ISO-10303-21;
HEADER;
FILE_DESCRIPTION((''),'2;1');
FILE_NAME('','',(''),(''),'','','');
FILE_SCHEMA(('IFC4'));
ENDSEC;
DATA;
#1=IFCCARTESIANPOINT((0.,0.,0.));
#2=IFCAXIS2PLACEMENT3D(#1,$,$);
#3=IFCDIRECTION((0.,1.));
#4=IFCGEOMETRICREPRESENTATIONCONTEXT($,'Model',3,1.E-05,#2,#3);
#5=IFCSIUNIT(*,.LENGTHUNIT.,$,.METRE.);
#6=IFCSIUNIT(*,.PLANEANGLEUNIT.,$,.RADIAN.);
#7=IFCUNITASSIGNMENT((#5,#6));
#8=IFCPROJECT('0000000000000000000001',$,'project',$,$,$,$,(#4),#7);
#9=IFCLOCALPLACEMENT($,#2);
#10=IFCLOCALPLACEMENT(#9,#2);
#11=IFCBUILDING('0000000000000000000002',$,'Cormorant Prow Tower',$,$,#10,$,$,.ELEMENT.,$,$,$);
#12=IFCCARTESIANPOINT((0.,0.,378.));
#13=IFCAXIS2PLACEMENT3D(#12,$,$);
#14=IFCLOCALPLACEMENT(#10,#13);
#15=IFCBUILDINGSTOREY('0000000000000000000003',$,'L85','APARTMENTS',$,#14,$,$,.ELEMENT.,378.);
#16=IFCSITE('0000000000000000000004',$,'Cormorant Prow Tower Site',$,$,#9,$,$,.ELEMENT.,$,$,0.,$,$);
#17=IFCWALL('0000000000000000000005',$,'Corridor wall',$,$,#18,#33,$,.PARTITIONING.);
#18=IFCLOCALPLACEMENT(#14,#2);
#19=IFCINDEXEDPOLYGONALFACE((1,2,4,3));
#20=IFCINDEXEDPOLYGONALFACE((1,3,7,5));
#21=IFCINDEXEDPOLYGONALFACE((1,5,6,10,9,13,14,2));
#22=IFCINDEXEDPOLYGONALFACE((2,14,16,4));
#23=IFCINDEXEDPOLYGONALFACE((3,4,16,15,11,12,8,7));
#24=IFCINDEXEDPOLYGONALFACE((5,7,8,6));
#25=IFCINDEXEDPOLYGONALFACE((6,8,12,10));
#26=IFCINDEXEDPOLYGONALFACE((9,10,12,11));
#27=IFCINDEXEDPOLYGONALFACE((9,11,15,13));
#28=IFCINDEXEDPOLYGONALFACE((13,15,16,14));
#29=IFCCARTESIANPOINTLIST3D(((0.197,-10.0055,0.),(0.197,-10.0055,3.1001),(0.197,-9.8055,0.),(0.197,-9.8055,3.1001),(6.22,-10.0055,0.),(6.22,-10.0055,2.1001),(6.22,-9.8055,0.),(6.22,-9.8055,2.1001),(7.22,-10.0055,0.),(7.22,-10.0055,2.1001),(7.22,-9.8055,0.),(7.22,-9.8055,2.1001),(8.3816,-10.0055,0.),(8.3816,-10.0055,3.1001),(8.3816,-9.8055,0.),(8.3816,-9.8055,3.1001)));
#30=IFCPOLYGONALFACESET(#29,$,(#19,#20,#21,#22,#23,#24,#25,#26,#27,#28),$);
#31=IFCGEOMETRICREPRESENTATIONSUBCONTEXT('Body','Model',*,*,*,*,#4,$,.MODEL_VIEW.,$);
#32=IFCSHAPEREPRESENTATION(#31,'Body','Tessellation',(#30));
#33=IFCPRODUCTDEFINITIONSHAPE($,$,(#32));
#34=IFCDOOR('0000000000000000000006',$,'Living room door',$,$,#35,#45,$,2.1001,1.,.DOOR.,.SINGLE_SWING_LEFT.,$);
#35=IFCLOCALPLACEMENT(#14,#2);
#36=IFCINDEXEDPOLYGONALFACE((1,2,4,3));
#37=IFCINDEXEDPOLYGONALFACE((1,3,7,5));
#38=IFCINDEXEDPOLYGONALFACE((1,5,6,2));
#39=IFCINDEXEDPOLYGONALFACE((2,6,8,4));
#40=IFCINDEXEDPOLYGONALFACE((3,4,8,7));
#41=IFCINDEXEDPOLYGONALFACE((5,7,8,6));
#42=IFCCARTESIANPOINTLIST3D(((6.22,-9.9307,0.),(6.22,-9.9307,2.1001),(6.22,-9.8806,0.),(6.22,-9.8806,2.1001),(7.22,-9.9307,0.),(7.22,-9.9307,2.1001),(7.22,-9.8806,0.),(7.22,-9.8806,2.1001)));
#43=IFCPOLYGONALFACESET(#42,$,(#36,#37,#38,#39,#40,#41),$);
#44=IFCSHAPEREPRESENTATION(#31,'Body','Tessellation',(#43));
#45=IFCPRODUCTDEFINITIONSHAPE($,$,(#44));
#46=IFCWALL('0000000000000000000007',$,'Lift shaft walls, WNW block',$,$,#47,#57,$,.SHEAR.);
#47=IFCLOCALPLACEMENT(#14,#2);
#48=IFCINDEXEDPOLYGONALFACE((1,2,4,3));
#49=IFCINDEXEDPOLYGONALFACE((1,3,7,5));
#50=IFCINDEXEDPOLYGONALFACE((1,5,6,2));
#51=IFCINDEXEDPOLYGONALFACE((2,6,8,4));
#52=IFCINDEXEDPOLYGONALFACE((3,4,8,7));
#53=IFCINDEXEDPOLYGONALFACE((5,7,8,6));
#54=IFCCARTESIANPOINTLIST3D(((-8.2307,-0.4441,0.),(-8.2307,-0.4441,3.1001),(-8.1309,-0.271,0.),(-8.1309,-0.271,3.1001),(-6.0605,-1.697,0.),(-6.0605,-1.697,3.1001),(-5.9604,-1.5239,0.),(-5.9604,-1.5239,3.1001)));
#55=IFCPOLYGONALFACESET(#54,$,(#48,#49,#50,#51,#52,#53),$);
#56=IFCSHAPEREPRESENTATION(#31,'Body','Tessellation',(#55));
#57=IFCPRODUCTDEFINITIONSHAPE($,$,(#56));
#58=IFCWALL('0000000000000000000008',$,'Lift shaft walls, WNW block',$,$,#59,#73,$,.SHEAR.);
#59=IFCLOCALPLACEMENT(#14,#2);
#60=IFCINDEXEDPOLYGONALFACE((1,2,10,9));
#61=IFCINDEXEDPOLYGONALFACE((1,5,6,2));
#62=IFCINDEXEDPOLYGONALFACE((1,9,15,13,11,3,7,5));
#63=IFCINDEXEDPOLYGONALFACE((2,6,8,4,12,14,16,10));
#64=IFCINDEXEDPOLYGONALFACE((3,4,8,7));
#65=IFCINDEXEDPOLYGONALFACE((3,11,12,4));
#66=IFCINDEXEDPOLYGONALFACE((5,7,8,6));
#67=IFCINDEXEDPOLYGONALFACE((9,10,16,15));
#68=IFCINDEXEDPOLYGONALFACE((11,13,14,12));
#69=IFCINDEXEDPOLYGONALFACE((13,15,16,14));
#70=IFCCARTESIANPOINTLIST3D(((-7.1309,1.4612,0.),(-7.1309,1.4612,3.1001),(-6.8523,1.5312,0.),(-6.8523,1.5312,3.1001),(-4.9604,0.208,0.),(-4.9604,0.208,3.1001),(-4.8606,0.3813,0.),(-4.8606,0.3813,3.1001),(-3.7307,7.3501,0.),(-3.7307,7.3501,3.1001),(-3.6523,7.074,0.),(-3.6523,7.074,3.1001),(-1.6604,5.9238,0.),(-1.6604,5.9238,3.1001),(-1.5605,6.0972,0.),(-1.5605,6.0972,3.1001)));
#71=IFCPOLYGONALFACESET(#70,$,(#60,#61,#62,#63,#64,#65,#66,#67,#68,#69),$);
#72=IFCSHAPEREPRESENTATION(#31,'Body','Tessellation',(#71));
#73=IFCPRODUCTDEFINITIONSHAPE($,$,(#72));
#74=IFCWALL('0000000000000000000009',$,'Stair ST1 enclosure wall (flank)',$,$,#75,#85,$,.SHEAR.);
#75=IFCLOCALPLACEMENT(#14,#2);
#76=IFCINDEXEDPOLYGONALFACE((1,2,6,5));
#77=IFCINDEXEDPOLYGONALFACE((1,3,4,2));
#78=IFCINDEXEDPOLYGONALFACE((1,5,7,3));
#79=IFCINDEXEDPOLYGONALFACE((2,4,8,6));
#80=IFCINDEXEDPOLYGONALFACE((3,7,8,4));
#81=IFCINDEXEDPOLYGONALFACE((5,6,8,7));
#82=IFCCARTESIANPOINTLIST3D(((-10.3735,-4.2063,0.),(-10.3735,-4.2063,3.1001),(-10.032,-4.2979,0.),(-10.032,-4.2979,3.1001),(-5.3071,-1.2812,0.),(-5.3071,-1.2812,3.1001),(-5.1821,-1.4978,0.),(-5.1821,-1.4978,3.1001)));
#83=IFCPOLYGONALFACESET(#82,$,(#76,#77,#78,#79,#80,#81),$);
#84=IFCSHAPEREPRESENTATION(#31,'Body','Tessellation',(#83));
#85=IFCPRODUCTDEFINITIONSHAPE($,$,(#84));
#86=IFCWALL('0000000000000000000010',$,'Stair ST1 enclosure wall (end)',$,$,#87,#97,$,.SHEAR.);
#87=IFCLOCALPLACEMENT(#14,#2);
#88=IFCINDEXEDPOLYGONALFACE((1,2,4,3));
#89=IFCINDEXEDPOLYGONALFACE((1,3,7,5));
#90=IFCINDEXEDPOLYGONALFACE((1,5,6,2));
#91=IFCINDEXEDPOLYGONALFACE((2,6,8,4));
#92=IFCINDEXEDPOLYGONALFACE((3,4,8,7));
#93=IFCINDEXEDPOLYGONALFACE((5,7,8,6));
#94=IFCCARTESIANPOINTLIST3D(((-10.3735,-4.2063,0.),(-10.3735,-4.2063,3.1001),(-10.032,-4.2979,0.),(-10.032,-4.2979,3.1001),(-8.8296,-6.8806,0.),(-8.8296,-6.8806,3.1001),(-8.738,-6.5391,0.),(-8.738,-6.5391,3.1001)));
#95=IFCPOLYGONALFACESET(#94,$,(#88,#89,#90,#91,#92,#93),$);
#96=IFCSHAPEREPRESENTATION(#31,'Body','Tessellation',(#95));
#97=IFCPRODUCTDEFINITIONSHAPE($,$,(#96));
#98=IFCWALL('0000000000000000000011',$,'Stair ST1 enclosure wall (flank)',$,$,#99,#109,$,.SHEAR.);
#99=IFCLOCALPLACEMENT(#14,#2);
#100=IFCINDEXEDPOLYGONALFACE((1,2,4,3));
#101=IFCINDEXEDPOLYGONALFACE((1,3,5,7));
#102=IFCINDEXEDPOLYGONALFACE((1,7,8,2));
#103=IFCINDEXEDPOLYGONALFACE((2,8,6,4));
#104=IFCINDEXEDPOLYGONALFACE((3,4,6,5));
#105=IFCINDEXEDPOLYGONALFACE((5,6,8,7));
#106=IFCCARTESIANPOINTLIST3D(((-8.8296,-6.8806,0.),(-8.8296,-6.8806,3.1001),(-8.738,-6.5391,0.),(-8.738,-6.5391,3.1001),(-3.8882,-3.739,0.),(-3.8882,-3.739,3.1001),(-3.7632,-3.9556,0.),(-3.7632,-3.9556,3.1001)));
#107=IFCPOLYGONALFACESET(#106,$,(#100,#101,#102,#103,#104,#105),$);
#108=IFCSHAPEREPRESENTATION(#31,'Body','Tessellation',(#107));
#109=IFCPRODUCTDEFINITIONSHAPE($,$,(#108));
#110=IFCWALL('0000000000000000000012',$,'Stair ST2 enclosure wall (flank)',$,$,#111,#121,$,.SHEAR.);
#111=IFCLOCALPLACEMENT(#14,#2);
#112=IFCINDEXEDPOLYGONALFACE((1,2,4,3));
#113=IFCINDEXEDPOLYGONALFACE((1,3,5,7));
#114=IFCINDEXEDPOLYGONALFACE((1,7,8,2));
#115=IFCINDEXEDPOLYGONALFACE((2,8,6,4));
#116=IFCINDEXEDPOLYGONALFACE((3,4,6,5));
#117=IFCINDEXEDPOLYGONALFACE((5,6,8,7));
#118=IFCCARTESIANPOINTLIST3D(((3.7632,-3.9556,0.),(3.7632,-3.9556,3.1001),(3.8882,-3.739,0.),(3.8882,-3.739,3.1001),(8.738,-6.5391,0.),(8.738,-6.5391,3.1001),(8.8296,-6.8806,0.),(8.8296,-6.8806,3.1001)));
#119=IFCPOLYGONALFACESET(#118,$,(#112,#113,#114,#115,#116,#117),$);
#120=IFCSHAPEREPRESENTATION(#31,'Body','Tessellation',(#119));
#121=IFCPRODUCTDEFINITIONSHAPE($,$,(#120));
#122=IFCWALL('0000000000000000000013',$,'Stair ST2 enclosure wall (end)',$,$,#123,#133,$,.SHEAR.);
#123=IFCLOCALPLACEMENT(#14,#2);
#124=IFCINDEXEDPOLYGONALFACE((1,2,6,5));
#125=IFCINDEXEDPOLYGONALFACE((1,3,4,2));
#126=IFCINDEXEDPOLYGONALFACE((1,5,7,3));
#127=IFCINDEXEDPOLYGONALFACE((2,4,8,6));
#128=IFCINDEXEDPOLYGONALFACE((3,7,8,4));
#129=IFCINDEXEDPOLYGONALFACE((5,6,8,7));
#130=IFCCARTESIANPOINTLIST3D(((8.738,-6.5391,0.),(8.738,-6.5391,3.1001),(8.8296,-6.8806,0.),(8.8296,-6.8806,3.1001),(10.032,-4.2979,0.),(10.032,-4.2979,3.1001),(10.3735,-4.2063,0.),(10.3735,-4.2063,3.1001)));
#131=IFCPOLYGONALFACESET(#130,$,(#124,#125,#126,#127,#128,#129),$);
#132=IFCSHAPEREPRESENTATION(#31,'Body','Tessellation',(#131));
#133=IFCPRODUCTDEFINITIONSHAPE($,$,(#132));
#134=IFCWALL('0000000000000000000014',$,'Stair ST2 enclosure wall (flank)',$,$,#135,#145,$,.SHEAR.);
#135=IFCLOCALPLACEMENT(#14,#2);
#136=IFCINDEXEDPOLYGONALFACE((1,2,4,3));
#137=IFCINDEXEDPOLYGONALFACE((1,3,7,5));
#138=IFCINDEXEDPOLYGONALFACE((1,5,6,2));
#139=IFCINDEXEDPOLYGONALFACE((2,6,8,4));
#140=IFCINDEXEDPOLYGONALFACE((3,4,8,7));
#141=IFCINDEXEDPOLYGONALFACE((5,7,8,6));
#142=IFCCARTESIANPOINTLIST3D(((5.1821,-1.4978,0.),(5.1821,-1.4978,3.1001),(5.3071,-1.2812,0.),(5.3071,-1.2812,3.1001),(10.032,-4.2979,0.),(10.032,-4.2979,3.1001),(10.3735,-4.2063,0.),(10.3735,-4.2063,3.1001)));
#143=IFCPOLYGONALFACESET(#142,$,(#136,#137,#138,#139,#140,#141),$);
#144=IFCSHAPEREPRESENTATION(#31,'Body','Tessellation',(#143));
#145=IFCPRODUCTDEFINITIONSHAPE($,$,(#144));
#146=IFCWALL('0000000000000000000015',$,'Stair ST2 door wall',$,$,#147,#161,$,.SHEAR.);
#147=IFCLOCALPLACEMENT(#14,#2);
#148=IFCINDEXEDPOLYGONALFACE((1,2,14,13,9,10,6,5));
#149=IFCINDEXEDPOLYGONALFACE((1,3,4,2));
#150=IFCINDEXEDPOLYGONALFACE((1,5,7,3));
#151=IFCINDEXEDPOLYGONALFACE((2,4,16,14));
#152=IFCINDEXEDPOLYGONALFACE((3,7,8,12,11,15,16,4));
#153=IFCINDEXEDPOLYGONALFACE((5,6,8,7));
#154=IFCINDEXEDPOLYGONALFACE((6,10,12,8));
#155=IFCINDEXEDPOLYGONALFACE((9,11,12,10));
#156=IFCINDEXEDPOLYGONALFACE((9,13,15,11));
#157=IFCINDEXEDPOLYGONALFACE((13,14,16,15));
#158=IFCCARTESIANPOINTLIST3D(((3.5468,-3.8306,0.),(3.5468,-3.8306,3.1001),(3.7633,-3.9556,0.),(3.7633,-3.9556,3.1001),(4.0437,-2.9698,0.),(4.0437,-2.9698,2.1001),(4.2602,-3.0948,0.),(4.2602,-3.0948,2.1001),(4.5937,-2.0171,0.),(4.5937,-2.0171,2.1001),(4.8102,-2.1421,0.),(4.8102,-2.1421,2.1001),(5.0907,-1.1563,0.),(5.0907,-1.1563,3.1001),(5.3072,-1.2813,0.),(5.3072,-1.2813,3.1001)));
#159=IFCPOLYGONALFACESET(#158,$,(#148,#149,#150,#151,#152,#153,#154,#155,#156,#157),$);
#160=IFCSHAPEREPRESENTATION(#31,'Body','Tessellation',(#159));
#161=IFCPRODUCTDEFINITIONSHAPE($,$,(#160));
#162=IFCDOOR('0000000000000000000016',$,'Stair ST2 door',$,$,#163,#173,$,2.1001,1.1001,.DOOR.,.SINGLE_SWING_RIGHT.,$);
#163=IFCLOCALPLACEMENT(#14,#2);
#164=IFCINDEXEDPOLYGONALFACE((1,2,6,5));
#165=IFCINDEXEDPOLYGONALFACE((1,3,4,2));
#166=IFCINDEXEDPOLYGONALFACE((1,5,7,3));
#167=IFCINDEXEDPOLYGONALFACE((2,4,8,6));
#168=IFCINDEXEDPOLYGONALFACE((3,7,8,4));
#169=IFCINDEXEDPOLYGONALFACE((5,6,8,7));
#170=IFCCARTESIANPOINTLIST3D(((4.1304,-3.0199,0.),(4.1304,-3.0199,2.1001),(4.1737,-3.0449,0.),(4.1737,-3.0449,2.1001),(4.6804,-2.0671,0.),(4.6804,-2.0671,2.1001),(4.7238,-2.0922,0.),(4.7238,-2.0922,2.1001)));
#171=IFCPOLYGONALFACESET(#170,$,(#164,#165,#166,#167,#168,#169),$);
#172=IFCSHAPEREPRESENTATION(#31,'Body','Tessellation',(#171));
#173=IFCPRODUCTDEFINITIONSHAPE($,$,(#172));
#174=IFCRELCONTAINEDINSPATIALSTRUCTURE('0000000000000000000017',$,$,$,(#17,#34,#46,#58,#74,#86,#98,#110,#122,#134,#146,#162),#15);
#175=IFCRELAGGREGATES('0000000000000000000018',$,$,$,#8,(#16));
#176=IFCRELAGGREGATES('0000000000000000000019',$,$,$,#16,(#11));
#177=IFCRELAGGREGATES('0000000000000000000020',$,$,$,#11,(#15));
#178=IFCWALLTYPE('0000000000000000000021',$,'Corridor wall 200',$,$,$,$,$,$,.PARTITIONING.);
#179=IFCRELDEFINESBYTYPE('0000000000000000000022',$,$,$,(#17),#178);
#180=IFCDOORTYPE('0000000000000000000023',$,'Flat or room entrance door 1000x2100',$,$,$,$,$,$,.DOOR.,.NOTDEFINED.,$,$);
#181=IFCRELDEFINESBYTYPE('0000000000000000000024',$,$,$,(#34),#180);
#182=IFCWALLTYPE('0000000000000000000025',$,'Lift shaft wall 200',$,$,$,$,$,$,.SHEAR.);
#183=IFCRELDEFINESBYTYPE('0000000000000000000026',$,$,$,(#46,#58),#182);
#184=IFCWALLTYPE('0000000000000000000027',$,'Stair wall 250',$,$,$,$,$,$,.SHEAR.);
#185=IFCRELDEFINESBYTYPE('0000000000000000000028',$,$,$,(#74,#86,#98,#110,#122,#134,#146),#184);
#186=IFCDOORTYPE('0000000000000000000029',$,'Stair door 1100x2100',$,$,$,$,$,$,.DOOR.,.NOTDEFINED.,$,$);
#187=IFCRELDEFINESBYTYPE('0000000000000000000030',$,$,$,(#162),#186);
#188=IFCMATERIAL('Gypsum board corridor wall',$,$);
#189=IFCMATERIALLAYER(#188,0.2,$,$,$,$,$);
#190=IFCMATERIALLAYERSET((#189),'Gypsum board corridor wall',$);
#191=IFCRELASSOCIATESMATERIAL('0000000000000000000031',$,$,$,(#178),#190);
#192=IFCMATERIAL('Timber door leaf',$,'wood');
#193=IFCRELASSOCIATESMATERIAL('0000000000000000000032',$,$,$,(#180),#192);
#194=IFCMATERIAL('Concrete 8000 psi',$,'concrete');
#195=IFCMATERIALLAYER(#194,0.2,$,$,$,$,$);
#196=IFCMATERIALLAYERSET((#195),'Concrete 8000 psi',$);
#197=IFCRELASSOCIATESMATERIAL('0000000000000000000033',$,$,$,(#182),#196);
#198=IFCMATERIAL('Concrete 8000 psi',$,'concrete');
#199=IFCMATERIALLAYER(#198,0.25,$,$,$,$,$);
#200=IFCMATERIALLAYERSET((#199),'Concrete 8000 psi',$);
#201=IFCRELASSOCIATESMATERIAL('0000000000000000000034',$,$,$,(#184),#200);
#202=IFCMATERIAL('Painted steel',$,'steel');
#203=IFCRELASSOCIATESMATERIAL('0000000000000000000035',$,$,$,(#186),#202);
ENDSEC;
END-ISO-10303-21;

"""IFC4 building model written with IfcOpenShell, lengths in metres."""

from ifc_helpers import new_model, si_unit, direction, frame, frame_2d, origin, place, context, subcontext, project, spatial, polyline, rectangle, outline, extrude, material, layer, layer_set, type_object, element, fill, save


model = new_model("IFC4")

# Units and contexts
model_context = context("Model", 3, precision=1e-05, world=origin(), true_north=direction((0.0, 1.0)))
body_context = subcontext(model_context, "Body", "Model", "MODEL_VIEW")
ifc_project = project(units=[si_unit("LENGTHUNIT", "METRE"), si_unit("PLANEANGLEUNIT", "RADIAN")], contexts=[model_context])

# Site, building, storey
site_placement = place(None, origin())
site = spatial("IfcSite", under=ifc_project, at=site_placement, Name="Cormorant Prow Tower Site", CompositionType="ELEMENT", RefElevation=0.0)
building_placement = place(site_placement, origin())
building = spatial("IfcBuilding", under=site, at=building_placement, Name="Cormorant Prow Tower", CompositionType="ELEMENT")
storey_placement = place(building_placement, frame((0.0, 0.0, 378.0)))
storey = spatial("IfcBuildingStorey", under=building, at=storey_placement, Name="L85", Description="APARTMENTS", CompositionType="ELEMENT", Elevation=378.0)

# Wall, opening, door
ifc_material_1 = material(Name="Gypsum board corridor wall")
ifc_layer_1 = layer(ifc_material_1, 0.2)
ifc_layer_set_1 = layer_set([ifc_layer_1], Name="Gypsum board corridor wall")
wall_type_1 = type_object("IfcWallType", Name="Corridor wall 200", PredefinedType="PARTITIONING", material=ifc_layer_set_1)
wall_1_placement = place(storey_placement, frame((0.197, -9.9055, 0.0), z_axis=(0.0, 0.0, 1.0), x_axis=(1.0, 0.0, 0.0)))
wall_1 = element("IfcWall", 1, at=wall_1_placement, inside=storey, type_object=wall_type_1, Name="Corridor wall", PredefinedType="PARTITIONING", context=body_context, shape_type="SweptSolid", body=[
    extrude(rectangle(XDim=8.1846, YDim=0.2, at=frame_2d((4.0923, 0.0))), origin(), (0.0, 0.0, 1.0), 3.1001),
])
opening_1_placement = place(wall_1_placement, frame((6.0229, 0.0, 0.0)))
opening_1 = element("IfcOpeningElement", 2, at=opening_1_placement, cuts=wall_1, PredefinedType="OPENING", context=body_context, shape_type="SweptSolid", body=[
    extrude(rectangle(XDim=1.0, YDim=2.1001, at=frame_2d((0.5, 1.05))), frame((0.0, 0.1099, 0.0), z_axis=(0.0, -1.0, 0.0), x_axis=(1.0, 0.0, 0.0)), (0.0, 0.0, 1.0), 0.22),
])
ifc_material_2 = material(Name="Timber door leaf", Category="wood")
door_type_1 = type_object("IfcDoorType", Name="Flat or room entrance door 1000x2100", OperationType="NOTDEFINED", PredefinedType="DOOR", material=ifc_material_2)
door_1_placement = place(opening_1_placement, origin())
door_1 = element("IfcDoor", 3, at=door_1_placement, inside=storey, type_object=door_type_1, Name="Living room door", OperationType="SINGLE_SWING_LEFT", OverallHeight=2.1001, OverallWidth=1.0, PredefinedType="DOOR", context=body_context, shape_type="SweptSolid", body=[
    extrude(rectangle(XDim=1.0, YDim=2.1001, at=frame_2d((0.5, 1.05))), frame((0.0, 0.0249, 0.0), z_axis=(0.0, -1.0, 0.0), x_axis=(1.0, 0.0, 0.0)), (0.0, 0.0, 1.0), 0.05),
])
fill(opening_1, door_1)

# Walls
ifc_material_3 = material(Name="Concrete 8000 psi", Category="concrete")
ifc_layer_2 = layer(ifc_material_3, 0.2)
ifc_layer_set_2 = layer_set([ifc_layer_2], Name="Concrete 8000 psi")
wall_type_2 = type_object("IfcWallType", Name="Lift shaft wall 200", PredefinedType="SHEAR", material=ifc_layer_set_2)
wall_2_placement = place(storey_placement, origin())
element("IfcWall", 4, at=wall_2_placement, inside=storey, type_object=wall_type_2, Name="Lift shaft walls, WNW block", PredefinedType="SHEAR", context=body_context, shape_type="SweptSolid", body=[
    extrude(outline(polyline([(-6.0605, -1.697), (-8.2307, -0.4441), (-8.1309, -0.271), (-5.9604, -1.5239), (-6.0605, -1.697)])), origin(), (0.0, 0.0, 1.0), 3.1001),
])
wall_3_placement = place(storey_placement, origin())
element("IfcWall", 5, at=wall_3_placement, inside=storey, type_object=wall_type_2, Name="Lift shaft walls, WNW block", PredefinedType="SHEAR", context=body_context, shape_type="SweptSolid", body=[
    extrude(outline(polyline([(-4.9604, 0.208), (-7.1309, 1.4612), (-3.7307, 7.3501), (-1.5605, 6.0972), (-1.6604, 5.9238), (-3.6523, 7.074), (-6.8523, 1.5312), (-4.8606, 0.3813), (-4.9604, 0.208)])), origin(), (0.0, 0.0, 1.0), 3.1001),
])
ifc_material_4 = material(Name="Concrete 8000 psi", Category="concrete")
ifc_layer_3 = layer(ifc_material_4, 0.25)
ifc_layer_set_3 = layer_set([ifc_layer_3], Name="Concrete 8000 psi")
wall_type_3 = type_object("IfcWallType", Name="Stair wall 250", PredefinedType="SHEAR", material=ifc_layer_set_3)
wall_4_placement = place(storey_placement, origin())
element("IfcWall", 6, at=wall_4_placement, inside=storey, type_object=wall_type_3, Name="Stair ST1 enclosure wall (flank)", PredefinedType="SHEAR", context=body_context, shape_type="SweptSolid", body=[
    extrude(outline(polyline([(-5.3071, -1.2812), (-10.3735, -4.2063), (-10.032, -4.2979), (-5.1821, -1.4978), (-5.3071, -1.2812)])), origin(), (0.0, 0.0, 1.0), 3.1001),
])
wall_5_placement = place(storey_placement, origin())
element("IfcWall", 7, at=wall_5_placement, inside=storey, type_object=wall_type_3, Name="Stair ST1 enclosure wall (end)", PredefinedType="SHEAR", context=body_context, shape_type="SweptSolid", body=[
    extrude(outline(polyline([(-10.3735, -4.2063), (-8.8296, -6.8806), (-8.738, -6.5391), (-10.032, -4.2979), (-10.3735, -4.2063)])), origin(), (0.0, 0.0, 1.0), 3.1001),
])
wall_6_placement = place(storey_placement, origin())
element("IfcWall", 8, at=wall_6_placement, inside=storey, type_object=wall_type_3, Name="Stair ST1 enclosure wall (flank)", PredefinedType="SHEAR", context=body_context, shape_type="SweptSolid", body=[
    extrude(outline(polyline([(-8.738, -6.5391), (-8.8296, -6.8806), (-3.7632, -3.9556), (-3.8882, -3.739), (-8.738, -6.5391)])), origin(), (0.0, 0.0, 1.0), 3.1001),
])
wall_7_placement = place(storey_placement, origin())
element("IfcWall", 9, at=wall_7_placement, inside=storey, type_object=wall_type_3, Name="Stair ST2 enclosure wall (flank)", PredefinedType="SHEAR", context=body_context, shape_type="SweptSolid", body=[
    extrude(outline(polyline([(3.7632, -3.9556), (8.8296, -6.8806), (8.738, -6.5391), (3.8882, -3.739), (3.7632, -3.9556)])), origin(), (0.0, 0.0, 1.0), 3.1001),
])
wall_8_placement = place(storey_placement, origin())
element("IfcWall", 10, at=wall_8_placement, inside=storey, type_object=wall_type_3, Name="Stair ST2 enclosure wall (end)", PredefinedType="SHEAR", context=body_context, shape_type="SweptSolid", body=[
    extrude(outline(polyline([(8.8296, -6.8806), (10.3735, -4.2063), (10.032, -4.2979), (8.738, -6.5391), (8.8296, -6.8806)])), origin(), (0.0, 0.0, 1.0), 3.1001),
])
wall_9_placement = place(storey_placement, origin())
element("IfcWall", 11, at=wall_9_placement, inside=storey, type_object=wall_type_3, Name="Stair ST2 enclosure wall (flank)", PredefinedType="SHEAR", context=body_context, shape_type="SweptSolid", body=[
    extrude(outline(polyline([(10.032, -4.2979), (10.3735, -4.2063), (5.3071, -1.2812), (5.1821, -1.4978), (10.032, -4.2979)])), origin(), (0.0, 0.0, 1.0), 3.1001),
])

# Wall, opening, door
wall_10_placement = place(storey_placement, frame((3.655, -3.8931, 0.0), z_axis=(0.0, 0.0, 1.0), x_axis=(0.499983, 0.866035, 0.0)))
wall_10 = element("IfcWall", 12, at=wall_10_placement, inside=storey, type_object=wall_type_3, Name="Stair ST2 door wall", PredefinedType="SHEAR", context=body_context, shape_type="SweptSolid", body=[
    extrude(rectangle(XDim=3.0879, YDim=0.25, at=frame_2d((1.5439, 0.0))), origin(), (0.0, 0.0, 1.0), 3.1001),
])
opening_2_placement = place(wall_10_placement, frame((0.9939, 0.0, 0.0)))
opening_2 = element("IfcOpeningElement", 13, at=opening_2_placement, cuts=wall_10, PredefinedType="OPENING", context=body_context, shape_type="SweptSolid", body=[
    extrude(rectangle(XDim=1.1001, YDim=2.1001, at=frame_2d((0.55, 1.05))), frame((0.0, 0.135, 0.0), z_axis=(0.0, -1.0, 0.0), x_axis=(1.0, 0.0, 0.0)), (0.0, 0.0, 1.0), 0.27),
])
ifc_material_5 = material(Name="Painted steel", Category="steel")
door_type_2 = type_object("IfcDoorType", Name="Stair door 1100x2100", OperationType="NOTDEFINED", PredefinedType="DOOR", material=ifc_material_5)
door_2_placement = place(opening_2_placement, origin())
door_2 = element("IfcDoor", 14, at=door_2_placement, inside=storey, type_object=door_type_2, Name="Stair ST2 door", OperationType="SINGLE_SWING_RIGHT", OverallHeight=2.1001, OverallWidth=1.1001, PredefinedType="DOOR", context=body_context, shape_type="SweptSolid", body=[
    extrude(rectangle(XDim=1.1001, YDim=2.1001, at=frame_2d((0.55, 1.05))), frame((0.0, 0.0249, 0.0), z_axis=(0.0, -1.0, 0.0), x_axis=(1.0, 0.0, 0.0)), (0.0, 0.0, 1.0), 0.05),
])
fill(opening_2, door_2)

save(model, "model.ifc")
